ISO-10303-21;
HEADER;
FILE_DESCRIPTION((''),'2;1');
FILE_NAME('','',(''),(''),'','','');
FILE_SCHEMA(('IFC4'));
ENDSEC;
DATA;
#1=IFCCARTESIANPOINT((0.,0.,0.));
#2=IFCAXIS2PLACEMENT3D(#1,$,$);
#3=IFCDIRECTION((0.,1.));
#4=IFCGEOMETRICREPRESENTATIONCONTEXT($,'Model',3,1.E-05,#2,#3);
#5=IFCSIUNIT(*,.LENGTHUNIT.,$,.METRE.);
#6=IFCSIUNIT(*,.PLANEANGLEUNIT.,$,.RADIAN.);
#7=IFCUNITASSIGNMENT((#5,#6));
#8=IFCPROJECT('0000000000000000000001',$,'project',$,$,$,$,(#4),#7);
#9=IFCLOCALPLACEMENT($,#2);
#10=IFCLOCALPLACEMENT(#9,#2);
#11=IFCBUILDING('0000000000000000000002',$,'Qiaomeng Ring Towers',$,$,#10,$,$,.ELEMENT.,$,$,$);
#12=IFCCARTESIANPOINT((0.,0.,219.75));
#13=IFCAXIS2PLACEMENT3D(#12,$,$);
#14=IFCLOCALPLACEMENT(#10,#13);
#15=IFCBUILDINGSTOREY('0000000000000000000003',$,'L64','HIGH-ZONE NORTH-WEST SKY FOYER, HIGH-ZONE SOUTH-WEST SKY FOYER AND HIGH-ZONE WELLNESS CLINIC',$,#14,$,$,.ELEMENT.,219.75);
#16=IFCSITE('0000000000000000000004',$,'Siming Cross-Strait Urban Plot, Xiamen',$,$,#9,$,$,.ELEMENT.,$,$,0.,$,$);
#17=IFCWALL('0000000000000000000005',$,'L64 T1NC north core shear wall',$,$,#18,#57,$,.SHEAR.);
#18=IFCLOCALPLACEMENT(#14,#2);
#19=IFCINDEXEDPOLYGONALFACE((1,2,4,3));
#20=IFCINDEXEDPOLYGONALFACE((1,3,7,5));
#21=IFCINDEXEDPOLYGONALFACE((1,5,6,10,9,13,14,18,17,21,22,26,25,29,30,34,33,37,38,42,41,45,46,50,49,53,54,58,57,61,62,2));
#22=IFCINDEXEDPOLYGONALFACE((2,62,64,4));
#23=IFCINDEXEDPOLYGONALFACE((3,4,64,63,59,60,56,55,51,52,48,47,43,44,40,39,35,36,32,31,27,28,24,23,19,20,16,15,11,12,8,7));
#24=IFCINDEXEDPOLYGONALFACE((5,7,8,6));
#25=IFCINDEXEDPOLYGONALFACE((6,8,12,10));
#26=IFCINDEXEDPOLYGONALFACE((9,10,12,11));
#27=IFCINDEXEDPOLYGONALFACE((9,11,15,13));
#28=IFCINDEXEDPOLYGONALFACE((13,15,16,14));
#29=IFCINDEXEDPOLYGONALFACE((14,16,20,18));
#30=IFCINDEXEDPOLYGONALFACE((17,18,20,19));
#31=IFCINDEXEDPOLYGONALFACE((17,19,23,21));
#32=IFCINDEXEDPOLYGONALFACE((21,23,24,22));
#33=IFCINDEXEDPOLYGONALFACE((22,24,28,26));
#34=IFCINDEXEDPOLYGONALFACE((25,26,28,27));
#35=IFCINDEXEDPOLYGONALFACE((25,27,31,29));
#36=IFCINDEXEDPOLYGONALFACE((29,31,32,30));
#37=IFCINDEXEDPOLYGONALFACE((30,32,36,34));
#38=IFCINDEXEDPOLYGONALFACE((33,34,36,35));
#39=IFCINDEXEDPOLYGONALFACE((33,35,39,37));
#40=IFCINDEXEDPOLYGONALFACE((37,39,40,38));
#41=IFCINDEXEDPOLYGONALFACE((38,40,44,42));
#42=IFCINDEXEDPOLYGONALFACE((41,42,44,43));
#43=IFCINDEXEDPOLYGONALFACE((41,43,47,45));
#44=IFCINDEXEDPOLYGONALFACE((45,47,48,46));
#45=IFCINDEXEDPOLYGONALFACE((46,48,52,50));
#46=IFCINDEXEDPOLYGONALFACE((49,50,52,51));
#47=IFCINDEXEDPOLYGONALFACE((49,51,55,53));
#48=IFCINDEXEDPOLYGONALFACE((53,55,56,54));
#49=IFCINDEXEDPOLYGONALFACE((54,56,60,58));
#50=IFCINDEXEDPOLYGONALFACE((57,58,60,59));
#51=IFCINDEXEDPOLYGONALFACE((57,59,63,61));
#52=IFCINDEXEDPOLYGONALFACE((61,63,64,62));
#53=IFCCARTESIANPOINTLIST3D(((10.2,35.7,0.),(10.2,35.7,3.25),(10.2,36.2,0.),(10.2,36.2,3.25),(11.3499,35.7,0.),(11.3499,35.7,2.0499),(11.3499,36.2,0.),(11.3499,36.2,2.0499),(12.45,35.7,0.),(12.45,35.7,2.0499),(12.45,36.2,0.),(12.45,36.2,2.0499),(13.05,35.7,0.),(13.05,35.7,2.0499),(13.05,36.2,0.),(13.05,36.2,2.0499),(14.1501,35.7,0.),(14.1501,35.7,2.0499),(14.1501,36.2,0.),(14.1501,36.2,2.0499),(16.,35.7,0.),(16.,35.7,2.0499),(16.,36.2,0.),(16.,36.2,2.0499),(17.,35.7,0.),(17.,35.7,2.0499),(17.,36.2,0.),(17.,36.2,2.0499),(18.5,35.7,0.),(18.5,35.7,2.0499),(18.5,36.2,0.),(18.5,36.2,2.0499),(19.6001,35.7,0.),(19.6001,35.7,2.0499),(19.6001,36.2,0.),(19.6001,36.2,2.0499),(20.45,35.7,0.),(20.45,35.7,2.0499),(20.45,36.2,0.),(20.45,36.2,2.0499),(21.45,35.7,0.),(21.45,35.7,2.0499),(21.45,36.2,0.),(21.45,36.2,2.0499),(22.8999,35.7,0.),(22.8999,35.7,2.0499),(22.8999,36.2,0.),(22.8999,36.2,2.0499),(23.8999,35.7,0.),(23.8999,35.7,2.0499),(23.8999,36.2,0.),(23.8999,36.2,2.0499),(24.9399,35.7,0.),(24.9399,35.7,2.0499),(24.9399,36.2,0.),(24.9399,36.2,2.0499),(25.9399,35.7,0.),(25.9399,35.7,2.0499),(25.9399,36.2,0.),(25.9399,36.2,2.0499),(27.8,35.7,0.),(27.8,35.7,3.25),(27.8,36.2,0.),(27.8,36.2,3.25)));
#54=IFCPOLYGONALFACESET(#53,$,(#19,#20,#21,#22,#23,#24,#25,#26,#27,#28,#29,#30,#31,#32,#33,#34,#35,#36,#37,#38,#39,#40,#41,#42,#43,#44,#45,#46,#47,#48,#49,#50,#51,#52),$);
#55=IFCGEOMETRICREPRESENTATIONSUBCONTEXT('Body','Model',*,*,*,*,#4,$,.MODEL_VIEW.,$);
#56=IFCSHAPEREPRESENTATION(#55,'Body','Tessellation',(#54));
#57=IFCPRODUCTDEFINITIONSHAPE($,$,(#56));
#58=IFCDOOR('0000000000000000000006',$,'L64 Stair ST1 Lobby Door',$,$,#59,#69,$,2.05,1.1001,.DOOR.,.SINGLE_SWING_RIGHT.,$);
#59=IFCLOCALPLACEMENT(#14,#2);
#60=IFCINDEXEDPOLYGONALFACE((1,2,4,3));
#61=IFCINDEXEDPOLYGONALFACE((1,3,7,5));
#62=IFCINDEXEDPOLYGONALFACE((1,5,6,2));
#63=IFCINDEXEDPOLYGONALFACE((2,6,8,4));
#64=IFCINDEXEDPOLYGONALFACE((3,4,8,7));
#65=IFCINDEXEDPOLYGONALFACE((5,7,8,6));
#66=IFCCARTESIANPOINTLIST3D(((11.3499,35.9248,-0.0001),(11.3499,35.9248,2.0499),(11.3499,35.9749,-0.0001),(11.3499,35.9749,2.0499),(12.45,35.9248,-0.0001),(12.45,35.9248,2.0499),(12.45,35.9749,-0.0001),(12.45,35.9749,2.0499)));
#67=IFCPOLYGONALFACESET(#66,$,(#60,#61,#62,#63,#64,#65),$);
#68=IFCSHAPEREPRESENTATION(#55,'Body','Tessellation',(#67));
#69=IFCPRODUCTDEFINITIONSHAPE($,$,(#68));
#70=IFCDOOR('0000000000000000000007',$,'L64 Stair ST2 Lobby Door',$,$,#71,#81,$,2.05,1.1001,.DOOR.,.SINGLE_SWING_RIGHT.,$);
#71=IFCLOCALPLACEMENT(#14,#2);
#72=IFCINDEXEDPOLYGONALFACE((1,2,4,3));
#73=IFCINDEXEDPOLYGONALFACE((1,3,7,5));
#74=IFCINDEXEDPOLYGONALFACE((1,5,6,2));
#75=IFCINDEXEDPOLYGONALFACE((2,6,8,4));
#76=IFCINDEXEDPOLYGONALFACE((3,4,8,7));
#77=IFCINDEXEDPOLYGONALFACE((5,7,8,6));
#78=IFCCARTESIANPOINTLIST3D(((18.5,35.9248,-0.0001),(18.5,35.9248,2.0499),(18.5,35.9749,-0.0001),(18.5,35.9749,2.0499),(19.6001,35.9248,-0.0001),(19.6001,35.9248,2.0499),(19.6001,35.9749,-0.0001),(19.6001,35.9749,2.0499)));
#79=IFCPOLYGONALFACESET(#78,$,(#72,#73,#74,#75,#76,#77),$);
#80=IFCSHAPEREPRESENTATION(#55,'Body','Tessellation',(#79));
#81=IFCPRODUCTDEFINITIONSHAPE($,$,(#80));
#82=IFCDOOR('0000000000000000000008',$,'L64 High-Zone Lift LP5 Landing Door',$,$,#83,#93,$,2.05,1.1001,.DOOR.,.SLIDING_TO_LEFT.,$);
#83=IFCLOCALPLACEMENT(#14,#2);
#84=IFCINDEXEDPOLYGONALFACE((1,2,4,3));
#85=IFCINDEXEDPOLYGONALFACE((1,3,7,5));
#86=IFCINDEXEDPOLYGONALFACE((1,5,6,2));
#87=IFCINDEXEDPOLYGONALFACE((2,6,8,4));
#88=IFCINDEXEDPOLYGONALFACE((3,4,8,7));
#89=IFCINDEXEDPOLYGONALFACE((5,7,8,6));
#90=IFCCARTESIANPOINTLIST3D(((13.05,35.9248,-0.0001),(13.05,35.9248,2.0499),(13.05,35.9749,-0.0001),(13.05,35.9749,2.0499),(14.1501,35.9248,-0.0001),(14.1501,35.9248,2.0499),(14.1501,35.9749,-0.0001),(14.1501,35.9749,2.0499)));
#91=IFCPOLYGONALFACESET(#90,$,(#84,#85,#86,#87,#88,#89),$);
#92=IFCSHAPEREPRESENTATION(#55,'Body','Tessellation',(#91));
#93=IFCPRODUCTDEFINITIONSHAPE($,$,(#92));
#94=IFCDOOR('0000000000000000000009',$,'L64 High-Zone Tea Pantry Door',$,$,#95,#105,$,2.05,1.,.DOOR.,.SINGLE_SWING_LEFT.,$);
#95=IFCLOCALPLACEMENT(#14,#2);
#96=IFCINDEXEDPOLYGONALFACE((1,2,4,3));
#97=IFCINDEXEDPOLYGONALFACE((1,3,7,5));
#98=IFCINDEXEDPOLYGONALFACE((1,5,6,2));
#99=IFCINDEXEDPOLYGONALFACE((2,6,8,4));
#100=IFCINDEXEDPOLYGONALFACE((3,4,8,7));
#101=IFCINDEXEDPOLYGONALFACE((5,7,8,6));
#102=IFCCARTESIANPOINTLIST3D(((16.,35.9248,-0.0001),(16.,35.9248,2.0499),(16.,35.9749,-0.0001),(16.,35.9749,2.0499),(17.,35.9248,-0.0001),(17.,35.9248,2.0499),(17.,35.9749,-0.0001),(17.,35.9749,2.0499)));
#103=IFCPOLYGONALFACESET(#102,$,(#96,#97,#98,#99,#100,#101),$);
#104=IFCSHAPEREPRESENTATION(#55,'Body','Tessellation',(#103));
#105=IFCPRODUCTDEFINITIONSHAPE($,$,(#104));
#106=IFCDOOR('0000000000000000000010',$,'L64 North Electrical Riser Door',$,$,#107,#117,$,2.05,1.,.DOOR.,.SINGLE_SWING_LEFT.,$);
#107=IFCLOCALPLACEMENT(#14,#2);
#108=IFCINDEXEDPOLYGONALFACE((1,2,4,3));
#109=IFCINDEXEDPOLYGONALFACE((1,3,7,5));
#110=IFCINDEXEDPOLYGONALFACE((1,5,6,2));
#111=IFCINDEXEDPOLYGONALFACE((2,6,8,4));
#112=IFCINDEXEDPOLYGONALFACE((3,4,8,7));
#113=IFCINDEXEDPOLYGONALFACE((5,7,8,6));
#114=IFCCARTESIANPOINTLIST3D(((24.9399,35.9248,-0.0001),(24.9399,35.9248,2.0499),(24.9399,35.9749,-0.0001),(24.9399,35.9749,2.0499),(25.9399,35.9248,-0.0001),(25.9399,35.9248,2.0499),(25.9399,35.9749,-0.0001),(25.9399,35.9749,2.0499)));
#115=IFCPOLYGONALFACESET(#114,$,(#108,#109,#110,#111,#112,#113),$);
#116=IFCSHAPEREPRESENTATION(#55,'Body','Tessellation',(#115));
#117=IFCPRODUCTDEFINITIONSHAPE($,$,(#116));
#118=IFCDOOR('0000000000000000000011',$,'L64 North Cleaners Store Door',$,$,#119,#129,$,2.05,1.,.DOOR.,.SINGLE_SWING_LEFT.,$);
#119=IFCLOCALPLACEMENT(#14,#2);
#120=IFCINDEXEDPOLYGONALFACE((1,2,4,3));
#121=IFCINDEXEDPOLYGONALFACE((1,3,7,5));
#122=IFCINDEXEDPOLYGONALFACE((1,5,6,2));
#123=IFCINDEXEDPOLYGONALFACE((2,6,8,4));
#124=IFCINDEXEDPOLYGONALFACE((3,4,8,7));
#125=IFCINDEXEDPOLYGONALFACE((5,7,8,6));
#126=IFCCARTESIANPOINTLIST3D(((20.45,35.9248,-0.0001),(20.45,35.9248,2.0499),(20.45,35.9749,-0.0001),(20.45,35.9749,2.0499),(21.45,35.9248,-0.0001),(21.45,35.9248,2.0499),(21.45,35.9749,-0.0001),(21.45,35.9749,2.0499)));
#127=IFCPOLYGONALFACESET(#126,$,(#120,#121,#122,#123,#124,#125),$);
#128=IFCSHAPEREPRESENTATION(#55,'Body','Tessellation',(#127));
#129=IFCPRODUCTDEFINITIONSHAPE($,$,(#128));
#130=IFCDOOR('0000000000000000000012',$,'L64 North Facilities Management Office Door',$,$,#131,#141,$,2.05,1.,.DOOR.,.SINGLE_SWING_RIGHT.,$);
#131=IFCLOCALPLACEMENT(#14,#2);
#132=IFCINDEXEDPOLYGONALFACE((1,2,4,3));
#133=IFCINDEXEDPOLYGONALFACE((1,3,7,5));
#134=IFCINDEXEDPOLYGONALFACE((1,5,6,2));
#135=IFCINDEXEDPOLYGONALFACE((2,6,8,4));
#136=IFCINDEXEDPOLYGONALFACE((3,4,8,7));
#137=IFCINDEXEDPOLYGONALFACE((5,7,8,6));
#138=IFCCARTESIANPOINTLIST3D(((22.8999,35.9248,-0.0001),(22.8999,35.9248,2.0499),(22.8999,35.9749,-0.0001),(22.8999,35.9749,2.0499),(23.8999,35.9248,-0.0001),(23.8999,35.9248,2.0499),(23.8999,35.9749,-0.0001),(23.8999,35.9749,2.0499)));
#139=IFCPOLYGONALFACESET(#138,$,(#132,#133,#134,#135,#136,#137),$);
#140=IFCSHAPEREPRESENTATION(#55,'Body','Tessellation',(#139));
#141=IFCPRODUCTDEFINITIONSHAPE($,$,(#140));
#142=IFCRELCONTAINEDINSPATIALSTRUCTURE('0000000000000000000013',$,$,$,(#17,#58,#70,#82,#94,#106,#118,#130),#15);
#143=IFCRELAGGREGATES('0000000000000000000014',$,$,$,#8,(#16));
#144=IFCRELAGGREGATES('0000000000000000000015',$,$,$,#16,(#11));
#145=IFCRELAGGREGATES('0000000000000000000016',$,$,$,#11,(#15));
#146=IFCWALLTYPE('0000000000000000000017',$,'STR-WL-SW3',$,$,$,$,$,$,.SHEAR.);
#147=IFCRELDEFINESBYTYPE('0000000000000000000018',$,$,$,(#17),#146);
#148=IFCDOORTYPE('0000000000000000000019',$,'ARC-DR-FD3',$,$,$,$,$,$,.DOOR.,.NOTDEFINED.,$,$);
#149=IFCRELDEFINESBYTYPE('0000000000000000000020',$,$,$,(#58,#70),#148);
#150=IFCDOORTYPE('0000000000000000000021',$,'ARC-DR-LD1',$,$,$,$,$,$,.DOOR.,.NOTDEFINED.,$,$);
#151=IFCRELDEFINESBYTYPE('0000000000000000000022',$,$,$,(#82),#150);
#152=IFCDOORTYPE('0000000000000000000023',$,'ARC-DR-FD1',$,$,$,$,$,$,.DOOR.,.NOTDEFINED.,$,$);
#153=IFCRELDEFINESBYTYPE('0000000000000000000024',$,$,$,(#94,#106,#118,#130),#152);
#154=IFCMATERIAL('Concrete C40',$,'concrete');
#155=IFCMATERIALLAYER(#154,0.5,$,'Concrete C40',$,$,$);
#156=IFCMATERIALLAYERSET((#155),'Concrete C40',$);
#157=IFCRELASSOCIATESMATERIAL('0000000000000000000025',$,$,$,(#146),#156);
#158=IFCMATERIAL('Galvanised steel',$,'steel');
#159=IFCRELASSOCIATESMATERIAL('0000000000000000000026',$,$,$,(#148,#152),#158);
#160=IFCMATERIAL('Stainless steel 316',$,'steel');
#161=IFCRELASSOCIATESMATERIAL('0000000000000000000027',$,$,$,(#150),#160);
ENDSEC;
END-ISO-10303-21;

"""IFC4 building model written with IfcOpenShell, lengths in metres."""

from ifc_helpers import new_model, si_unit, direction, frame, frame_2d, origin, place, context, subcontext, project, spatial, rectangle, extrude, source, transform, mapped, material, layer, layer_set, type_object, element, fill, save


model = new_model("IFC4")

# Units and contexts
model_context = context("Model", 3, precision=1e-05, world=origin(), true_north=direction((0.0, 1.0)))
body_context = subcontext(model_context, "Body", "Model", "MODEL_VIEW")
ifc_project = project(units=[si_unit("LENGTHUNIT", "METRE"), si_unit("PLANEANGLEUNIT", "RADIAN")], contexts=[model_context])

# Site, building, storey
site_placement = place(None, origin())
site = spatial("IfcSite", under=ifc_project, at=site_placement, Name="Siming Cross-Strait Urban Plot, Xiamen", CompositionType="ELEMENT", RefElevation=0.0)
building_placement = place(site_placement, origin())
building = spatial("IfcBuilding", under=site, at=building_placement, Name="Qiaomeng Ring Towers", CompositionType="ELEMENT")
storey_placement = place(building_placement, frame((0.0, 0.0, 219.75)))
storey = spatial("IfcBuildingStorey", under=building, at=storey_placement, Name="L64", Description="HIGH-ZONE NORTH-WEST SKY FOYER, HIGH-ZONE SOUTH-WEST SKY FOYER AND HIGH-ZONE WELLNESS CLINIC", CompositionType="ELEMENT", Elevation=219.75)

# Shared definitions
ifc_material_1 = material(Name="Concrete C40", Category="concrete")

# Wall, openings, doors
ifc_layer_1 = layer(ifc_material_1, 0.5, Name="Concrete C40")
ifc_layer_set_1 = layer_set([ifc_layer_1], Name="Concrete C40")
wall_type_1 = type_object("IfcWallType", Name="STR-WL-SW3", PredefinedType="SHEAR", material=ifc_layer_set_1)
wall_1_placement = place(storey_placement, frame((10.2, 35.95, 0.0), z_axis=(0.0, 0.0, 1.0), x_axis=(1.0, 0.0, 0.0)))
wall_1 = element("IfcWall", 1, at=wall_1_placement, inside=storey, type_object=wall_type_1, Name="L64 T1NC north core shear wall", PredefinedType="SHEAR", context=body_context, shape_type="SweptSolid", body=[
    extrude(rectangle(XDim=17.6001, YDim=0.5, at=frame_2d((8.8, 0.0))), origin(), (0.0, 0.0, 1.0), 3.25),
])
opening_1_placement = place(wall_1_placement, frame((1.1499, 0.0, 0.0)))
opening_1 = element("IfcOpeningElement", 2, at=opening_1_placement, cuts=wall_1, PredefinedType="OPENING", context=body_context, shape_type="SweptSolid", body=[
    extrude(rectangle(XDim=1.1001, YDim=2.05, at=frame_2d((0.55, 1.0249))), frame((0.0, 0.26, 0.0), z_axis=(0.0, -1.0, 0.0), x_axis=(1.0, 0.0, 0.0)), (0.0, 0.0, 1.0), 0.52),
])
opening_2_placement = place(wall_1_placement, frame((8.3, 0.0, 0.0)))
opening_2 = element("IfcOpeningElement", 3, at=opening_2_placement, cuts=wall_1, PredefinedType="OPENING", context=body_context, shape_type="SweptSolid", body=[
    extrude(rectangle(XDim=1.1001, YDim=2.05, at=frame_2d((0.55, 1.0249))), frame((0.0, 0.26, 0.0), z_axis=(0.0, -1.0, 0.0), x_axis=(1.0, 0.0, 0.0)), (0.0, 0.0, 1.0), 0.52),
])
opening_3_placement = place(wall_1_placement, frame((2.8501, 0.0, 0.0)))
opening_3 = element("IfcOpeningElement", 4, at=opening_3_placement, cuts=wall_1, PredefinedType="OPENING", context=body_context, shape_type="SweptSolid", body=[
    extrude(rectangle(XDim=1.1001, YDim=2.05, at=frame_2d((0.55, 1.0249))), frame((0.0, 0.26, 0.0), z_axis=(0.0, -1.0, 0.0), x_axis=(1.0, 0.0, 0.0)), (0.0, 0.0, 1.0), 0.52),
])
opening_4_placement = place(wall_1_placement, frame((5.8, 0.0, 0.0)))
opening_4 = element("IfcOpeningElement", 5, at=opening_4_placement, cuts=wall_1, PredefinedType="OPENING", context=body_context, shape_type="SweptSolid", body=[
    extrude(rectangle(XDim=1.0, YDim=2.05, at=frame_2d((0.5, 1.0249))), frame((0.0, 0.26, 0.0), z_axis=(0.0, -1.0, 0.0), x_axis=(1.0, 0.0, 0.0)), (0.0, 0.0, 1.0), 0.52),
])
opening_5_placement = place(wall_1_placement, frame((14.74, 0.0, 0.0)))
opening_5 = element("IfcOpeningElement", 6, at=opening_5_placement, cuts=wall_1, PredefinedType="OPENING", context=body_context, shape_type="SweptSolid", body=[
    extrude(rectangle(XDim=1.0, YDim=2.05, at=frame_2d((0.5, 1.0249))), frame((0.0, 0.26, 0.0), z_axis=(0.0, -1.0, 0.0), x_axis=(1.0, 0.0, 0.0)), (0.0, 0.0, 1.0), 0.52),
])
opening_6_placement = place(wall_1_placement, frame((10.25, 0.0, 0.0)))
opening_6 = element("IfcOpeningElement", 7, at=opening_6_placement, cuts=wall_1, PredefinedType="OPENING", context=body_context, shape_type="SweptSolid", body=[
    extrude(rectangle(XDim=1.0, YDim=2.05, at=frame_2d((0.5, 1.0249))), frame((0.0, 0.26, 0.0), z_axis=(0.0, -1.0, 0.0), x_axis=(1.0, 0.0, 0.0)), (0.0, 0.0, 1.0), 0.52),
])
opening_7_placement = place(wall_1_placement, frame((12.7, 0.0, 0.0)))
opening_7 = element("IfcOpeningElement", 8, at=opening_7_placement, cuts=wall_1, PredefinedType="OPENING", context=body_context, shape_type="SweptSolid", body=[
    extrude(rectangle(XDim=1.0, YDim=2.05, at=frame_2d((0.5, 1.0249))), frame((0.0, 0.26, 0.0), z_axis=(0.0, -1.0, 0.0), x_axis=(1.0, 0.0, 0.0)), (0.0, 0.0, 1.0), 0.52),
])
ifc_material_2 = material(Name="Galvanised steel", Category="steel")
door_type_1 = type_object("IfcDoorType", Name="ARC-DR-FD3", OperationType="NOTDEFINED", PredefinedType="DOOR", material=ifc_material_2)
shared_shape_1 = source(origin(), body_context, "Body", "SweptSolid", [
    extrude(rectangle(XDim=1.1001, YDim=2.05, at=frame_2d((0.55, 1.0249))), frame((0.0, 0.0249, 0.0), z_axis=(0.0, -1.0, 0.0), x_axis=(1.0, 0.0, 0.0)), (0.0, 0.0, 1.0), 0.05),
])
door_1_placement = place(opening_1_placement, origin())
door_1 = element("IfcDoor", 9, at=door_1_placement, inside=storey, type_object=door_type_1, Name="L64 Stair ST1 Lobby Door", OperationType="SINGLE_SWING_RIGHT", OverallHeight=2.05, OverallWidth=1.1001, PredefinedType="DOOR", context=body_context, shape_type="MappedRepresentation", body=[
    mapped(shared_shape_1, transform((0.0, 0.0, 0.0), x_axis=(1.0, 0.0, 0.0), y_axis=(0.0, 1.0, 0.0), z_axis=(0.0, 0.0, 1.0), scale=1.0)),
])
fill(opening_1, door_1)
door_2_placement = place(opening_2_placement, origin())
door_2 = element("IfcDoor", 10, at=door_2_placement, inside=storey, type_object=door_type_1, Name="L64 Stair ST2 Lobby Door", OperationType="SINGLE_SWING_RIGHT", OverallHeight=2.05, OverallWidth=1.1001, PredefinedType="DOOR", context=body_context, shape_type="MappedRepresentation", body=[
    mapped(shared_shape_1, transform((0.0, 0.0, 0.0), x_axis=(1.0, 0.0, 0.0), y_axis=(0.0, 1.0, 0.0), z_axis=(0.0, 0.0, 1.0), scale=1.0)),
])
fill(opening_2, door_2)
ifc_material_3 = material(Name="Stainless steel 316", Category="steel")
door_type_2 = type_object("IfcDoorType", Name="ARC-DR-LD1", OperationType="NOTDEFINED", PredefinedType="DOOR", material=ifc_material_3)
door_3_placement = place(opening_3_placement, origin())
door_3 = element("IfcDoor", 11, at=door_3_placement, inside=storey, type_object=door_type_2, Name="L64 High-Zone Lift LP5 Landing Door", OperationType="SLIDING_TO_LEFT", OverallHeight=2.05, OverallWidth=1.1001, PredefinedType="DOOR", context=body_context, shape_type="MappedRepresentation", body=[
    mapped(shared_shape_1, transform((0.0, 0.0, 0.0), x_axis=(1.0, 0.0, 0.0), y_axis=(0.0, 1.0, 0.0), z_axis=(0.0, 0.0, 1.0), scale=1.0)),
])
fill(opening_3, door_3)
door_type_3 = type_object("IfcDoorType", Name="ARC-DR-FD1", OperationType="NOTDEFINED", PredefinedType="DOOR", material=ifc_material_2)
shared_shape_2 = source(origin(), body_context, "Body", "SweptSolid", [
    extrude(rectangle(XDim=1.0, YDim=2.05, at=frame_2d((0.5, 1.0249))), frame((0.0, 0.0249, 0.0), z_axis=(0.0, -1.0, 0.0), x_axis=(1.0, 0.0, 0.0)), (0.0, 0.0, 1.0), 0.05),
])
door_4_placement = place(opening_4_placement, origin())
door_4 = element("IfcDoor", 12, at=door_4_placement, inside=storey, type_object=door_type_3, Name="L64 High-Zone Tea Pantry Door", OperationType="SINGLE_SWING_LEFT", OverallHeight=2.05, OverallWidth=1.0, PredefinedType="DOOR", context=body_context, shape_type="MappedRepresentation", body=[
    mapped(shared_shape_2, transform((0.0, 0.0, 0.0), x_axis=(1.0, 0.0, 0.0), y_axis=(0.0, 1.0, 0.0), z_axis=(0.0, 0.0, 1.0), scale=1.0)),
])
fill(opening_4, door_4)
door_5_placement = place(opening_5_placement, origin())
door_5 = element("IfcDoor", 13, at=door_5_placement, inside=storey, type_object=door_type_3, Name="L64 North Electrical Riser Door", OperationType="SINGLE_SWING_LEFT", OverallHeight=2.05, OverallWidth=1.0, PredefinedType="DOOR", context=body_context, shape_type="MappedRepresentation", body=[
    mapped(shared_shape_2, transform((0.0, 0.0, 0.0), x_axis=(1.0, 0.0, 0.0), y_axis=(0.0, 1.0, 0.0), z_axis=(0.0, 0.0, 1.0), scale=1.0)),
])
fill(opening_5, door_5)
door_6_placement = place(opening_6_placement, origin())
door_6 = element("IfcDoor", 14, at=door_6_placement, inside=storey, type_object=door_type_3, Name="L64 North Cleaners Store Door", OperationType="SINGLE_SWING_LEFT", OverallHeight=2.05, OverallWidth=1.0, PredefinedType="DOOR", context=body_context, shape_type="MappedRepresentation", body=[
    mapped(shared_shape_2, transform((0.0, 0.0, 0.0), x_axis=(1.0, 0.0, 0.0), y_axis=(0.0, 1.0, 0.0), z_axis=(0.0, 0.0, 1.0), scale=1.0)),
])
fill(opening_6, door_6)
door_7_placement = place(opening_7_placement, origin())
door_7 = element("IfcDoor", 15, at=door_7_placement, inside=storey, type_object=door_type_3, Name="L64 North Facilities Management Office Door", OperationType="SINGLE_SWING_RIGHT", OverallHeight=2.05, OverallWidth=1.0, PredefinedType="DOOR", context=body_context, shape_type="MappedRepresentation", body=[
    mapped(shared_shape_2, transform((0.0, 0.0, 0.0), x_axis=(1.0, 0.0, 0.0), y_axis=(0.0, 1.0, 0.0), z_axis=(0.0, 0.0, 1.0), scale=1.0)),
])
fill(opening_7, door_7)

save(model, "model.ifc")
